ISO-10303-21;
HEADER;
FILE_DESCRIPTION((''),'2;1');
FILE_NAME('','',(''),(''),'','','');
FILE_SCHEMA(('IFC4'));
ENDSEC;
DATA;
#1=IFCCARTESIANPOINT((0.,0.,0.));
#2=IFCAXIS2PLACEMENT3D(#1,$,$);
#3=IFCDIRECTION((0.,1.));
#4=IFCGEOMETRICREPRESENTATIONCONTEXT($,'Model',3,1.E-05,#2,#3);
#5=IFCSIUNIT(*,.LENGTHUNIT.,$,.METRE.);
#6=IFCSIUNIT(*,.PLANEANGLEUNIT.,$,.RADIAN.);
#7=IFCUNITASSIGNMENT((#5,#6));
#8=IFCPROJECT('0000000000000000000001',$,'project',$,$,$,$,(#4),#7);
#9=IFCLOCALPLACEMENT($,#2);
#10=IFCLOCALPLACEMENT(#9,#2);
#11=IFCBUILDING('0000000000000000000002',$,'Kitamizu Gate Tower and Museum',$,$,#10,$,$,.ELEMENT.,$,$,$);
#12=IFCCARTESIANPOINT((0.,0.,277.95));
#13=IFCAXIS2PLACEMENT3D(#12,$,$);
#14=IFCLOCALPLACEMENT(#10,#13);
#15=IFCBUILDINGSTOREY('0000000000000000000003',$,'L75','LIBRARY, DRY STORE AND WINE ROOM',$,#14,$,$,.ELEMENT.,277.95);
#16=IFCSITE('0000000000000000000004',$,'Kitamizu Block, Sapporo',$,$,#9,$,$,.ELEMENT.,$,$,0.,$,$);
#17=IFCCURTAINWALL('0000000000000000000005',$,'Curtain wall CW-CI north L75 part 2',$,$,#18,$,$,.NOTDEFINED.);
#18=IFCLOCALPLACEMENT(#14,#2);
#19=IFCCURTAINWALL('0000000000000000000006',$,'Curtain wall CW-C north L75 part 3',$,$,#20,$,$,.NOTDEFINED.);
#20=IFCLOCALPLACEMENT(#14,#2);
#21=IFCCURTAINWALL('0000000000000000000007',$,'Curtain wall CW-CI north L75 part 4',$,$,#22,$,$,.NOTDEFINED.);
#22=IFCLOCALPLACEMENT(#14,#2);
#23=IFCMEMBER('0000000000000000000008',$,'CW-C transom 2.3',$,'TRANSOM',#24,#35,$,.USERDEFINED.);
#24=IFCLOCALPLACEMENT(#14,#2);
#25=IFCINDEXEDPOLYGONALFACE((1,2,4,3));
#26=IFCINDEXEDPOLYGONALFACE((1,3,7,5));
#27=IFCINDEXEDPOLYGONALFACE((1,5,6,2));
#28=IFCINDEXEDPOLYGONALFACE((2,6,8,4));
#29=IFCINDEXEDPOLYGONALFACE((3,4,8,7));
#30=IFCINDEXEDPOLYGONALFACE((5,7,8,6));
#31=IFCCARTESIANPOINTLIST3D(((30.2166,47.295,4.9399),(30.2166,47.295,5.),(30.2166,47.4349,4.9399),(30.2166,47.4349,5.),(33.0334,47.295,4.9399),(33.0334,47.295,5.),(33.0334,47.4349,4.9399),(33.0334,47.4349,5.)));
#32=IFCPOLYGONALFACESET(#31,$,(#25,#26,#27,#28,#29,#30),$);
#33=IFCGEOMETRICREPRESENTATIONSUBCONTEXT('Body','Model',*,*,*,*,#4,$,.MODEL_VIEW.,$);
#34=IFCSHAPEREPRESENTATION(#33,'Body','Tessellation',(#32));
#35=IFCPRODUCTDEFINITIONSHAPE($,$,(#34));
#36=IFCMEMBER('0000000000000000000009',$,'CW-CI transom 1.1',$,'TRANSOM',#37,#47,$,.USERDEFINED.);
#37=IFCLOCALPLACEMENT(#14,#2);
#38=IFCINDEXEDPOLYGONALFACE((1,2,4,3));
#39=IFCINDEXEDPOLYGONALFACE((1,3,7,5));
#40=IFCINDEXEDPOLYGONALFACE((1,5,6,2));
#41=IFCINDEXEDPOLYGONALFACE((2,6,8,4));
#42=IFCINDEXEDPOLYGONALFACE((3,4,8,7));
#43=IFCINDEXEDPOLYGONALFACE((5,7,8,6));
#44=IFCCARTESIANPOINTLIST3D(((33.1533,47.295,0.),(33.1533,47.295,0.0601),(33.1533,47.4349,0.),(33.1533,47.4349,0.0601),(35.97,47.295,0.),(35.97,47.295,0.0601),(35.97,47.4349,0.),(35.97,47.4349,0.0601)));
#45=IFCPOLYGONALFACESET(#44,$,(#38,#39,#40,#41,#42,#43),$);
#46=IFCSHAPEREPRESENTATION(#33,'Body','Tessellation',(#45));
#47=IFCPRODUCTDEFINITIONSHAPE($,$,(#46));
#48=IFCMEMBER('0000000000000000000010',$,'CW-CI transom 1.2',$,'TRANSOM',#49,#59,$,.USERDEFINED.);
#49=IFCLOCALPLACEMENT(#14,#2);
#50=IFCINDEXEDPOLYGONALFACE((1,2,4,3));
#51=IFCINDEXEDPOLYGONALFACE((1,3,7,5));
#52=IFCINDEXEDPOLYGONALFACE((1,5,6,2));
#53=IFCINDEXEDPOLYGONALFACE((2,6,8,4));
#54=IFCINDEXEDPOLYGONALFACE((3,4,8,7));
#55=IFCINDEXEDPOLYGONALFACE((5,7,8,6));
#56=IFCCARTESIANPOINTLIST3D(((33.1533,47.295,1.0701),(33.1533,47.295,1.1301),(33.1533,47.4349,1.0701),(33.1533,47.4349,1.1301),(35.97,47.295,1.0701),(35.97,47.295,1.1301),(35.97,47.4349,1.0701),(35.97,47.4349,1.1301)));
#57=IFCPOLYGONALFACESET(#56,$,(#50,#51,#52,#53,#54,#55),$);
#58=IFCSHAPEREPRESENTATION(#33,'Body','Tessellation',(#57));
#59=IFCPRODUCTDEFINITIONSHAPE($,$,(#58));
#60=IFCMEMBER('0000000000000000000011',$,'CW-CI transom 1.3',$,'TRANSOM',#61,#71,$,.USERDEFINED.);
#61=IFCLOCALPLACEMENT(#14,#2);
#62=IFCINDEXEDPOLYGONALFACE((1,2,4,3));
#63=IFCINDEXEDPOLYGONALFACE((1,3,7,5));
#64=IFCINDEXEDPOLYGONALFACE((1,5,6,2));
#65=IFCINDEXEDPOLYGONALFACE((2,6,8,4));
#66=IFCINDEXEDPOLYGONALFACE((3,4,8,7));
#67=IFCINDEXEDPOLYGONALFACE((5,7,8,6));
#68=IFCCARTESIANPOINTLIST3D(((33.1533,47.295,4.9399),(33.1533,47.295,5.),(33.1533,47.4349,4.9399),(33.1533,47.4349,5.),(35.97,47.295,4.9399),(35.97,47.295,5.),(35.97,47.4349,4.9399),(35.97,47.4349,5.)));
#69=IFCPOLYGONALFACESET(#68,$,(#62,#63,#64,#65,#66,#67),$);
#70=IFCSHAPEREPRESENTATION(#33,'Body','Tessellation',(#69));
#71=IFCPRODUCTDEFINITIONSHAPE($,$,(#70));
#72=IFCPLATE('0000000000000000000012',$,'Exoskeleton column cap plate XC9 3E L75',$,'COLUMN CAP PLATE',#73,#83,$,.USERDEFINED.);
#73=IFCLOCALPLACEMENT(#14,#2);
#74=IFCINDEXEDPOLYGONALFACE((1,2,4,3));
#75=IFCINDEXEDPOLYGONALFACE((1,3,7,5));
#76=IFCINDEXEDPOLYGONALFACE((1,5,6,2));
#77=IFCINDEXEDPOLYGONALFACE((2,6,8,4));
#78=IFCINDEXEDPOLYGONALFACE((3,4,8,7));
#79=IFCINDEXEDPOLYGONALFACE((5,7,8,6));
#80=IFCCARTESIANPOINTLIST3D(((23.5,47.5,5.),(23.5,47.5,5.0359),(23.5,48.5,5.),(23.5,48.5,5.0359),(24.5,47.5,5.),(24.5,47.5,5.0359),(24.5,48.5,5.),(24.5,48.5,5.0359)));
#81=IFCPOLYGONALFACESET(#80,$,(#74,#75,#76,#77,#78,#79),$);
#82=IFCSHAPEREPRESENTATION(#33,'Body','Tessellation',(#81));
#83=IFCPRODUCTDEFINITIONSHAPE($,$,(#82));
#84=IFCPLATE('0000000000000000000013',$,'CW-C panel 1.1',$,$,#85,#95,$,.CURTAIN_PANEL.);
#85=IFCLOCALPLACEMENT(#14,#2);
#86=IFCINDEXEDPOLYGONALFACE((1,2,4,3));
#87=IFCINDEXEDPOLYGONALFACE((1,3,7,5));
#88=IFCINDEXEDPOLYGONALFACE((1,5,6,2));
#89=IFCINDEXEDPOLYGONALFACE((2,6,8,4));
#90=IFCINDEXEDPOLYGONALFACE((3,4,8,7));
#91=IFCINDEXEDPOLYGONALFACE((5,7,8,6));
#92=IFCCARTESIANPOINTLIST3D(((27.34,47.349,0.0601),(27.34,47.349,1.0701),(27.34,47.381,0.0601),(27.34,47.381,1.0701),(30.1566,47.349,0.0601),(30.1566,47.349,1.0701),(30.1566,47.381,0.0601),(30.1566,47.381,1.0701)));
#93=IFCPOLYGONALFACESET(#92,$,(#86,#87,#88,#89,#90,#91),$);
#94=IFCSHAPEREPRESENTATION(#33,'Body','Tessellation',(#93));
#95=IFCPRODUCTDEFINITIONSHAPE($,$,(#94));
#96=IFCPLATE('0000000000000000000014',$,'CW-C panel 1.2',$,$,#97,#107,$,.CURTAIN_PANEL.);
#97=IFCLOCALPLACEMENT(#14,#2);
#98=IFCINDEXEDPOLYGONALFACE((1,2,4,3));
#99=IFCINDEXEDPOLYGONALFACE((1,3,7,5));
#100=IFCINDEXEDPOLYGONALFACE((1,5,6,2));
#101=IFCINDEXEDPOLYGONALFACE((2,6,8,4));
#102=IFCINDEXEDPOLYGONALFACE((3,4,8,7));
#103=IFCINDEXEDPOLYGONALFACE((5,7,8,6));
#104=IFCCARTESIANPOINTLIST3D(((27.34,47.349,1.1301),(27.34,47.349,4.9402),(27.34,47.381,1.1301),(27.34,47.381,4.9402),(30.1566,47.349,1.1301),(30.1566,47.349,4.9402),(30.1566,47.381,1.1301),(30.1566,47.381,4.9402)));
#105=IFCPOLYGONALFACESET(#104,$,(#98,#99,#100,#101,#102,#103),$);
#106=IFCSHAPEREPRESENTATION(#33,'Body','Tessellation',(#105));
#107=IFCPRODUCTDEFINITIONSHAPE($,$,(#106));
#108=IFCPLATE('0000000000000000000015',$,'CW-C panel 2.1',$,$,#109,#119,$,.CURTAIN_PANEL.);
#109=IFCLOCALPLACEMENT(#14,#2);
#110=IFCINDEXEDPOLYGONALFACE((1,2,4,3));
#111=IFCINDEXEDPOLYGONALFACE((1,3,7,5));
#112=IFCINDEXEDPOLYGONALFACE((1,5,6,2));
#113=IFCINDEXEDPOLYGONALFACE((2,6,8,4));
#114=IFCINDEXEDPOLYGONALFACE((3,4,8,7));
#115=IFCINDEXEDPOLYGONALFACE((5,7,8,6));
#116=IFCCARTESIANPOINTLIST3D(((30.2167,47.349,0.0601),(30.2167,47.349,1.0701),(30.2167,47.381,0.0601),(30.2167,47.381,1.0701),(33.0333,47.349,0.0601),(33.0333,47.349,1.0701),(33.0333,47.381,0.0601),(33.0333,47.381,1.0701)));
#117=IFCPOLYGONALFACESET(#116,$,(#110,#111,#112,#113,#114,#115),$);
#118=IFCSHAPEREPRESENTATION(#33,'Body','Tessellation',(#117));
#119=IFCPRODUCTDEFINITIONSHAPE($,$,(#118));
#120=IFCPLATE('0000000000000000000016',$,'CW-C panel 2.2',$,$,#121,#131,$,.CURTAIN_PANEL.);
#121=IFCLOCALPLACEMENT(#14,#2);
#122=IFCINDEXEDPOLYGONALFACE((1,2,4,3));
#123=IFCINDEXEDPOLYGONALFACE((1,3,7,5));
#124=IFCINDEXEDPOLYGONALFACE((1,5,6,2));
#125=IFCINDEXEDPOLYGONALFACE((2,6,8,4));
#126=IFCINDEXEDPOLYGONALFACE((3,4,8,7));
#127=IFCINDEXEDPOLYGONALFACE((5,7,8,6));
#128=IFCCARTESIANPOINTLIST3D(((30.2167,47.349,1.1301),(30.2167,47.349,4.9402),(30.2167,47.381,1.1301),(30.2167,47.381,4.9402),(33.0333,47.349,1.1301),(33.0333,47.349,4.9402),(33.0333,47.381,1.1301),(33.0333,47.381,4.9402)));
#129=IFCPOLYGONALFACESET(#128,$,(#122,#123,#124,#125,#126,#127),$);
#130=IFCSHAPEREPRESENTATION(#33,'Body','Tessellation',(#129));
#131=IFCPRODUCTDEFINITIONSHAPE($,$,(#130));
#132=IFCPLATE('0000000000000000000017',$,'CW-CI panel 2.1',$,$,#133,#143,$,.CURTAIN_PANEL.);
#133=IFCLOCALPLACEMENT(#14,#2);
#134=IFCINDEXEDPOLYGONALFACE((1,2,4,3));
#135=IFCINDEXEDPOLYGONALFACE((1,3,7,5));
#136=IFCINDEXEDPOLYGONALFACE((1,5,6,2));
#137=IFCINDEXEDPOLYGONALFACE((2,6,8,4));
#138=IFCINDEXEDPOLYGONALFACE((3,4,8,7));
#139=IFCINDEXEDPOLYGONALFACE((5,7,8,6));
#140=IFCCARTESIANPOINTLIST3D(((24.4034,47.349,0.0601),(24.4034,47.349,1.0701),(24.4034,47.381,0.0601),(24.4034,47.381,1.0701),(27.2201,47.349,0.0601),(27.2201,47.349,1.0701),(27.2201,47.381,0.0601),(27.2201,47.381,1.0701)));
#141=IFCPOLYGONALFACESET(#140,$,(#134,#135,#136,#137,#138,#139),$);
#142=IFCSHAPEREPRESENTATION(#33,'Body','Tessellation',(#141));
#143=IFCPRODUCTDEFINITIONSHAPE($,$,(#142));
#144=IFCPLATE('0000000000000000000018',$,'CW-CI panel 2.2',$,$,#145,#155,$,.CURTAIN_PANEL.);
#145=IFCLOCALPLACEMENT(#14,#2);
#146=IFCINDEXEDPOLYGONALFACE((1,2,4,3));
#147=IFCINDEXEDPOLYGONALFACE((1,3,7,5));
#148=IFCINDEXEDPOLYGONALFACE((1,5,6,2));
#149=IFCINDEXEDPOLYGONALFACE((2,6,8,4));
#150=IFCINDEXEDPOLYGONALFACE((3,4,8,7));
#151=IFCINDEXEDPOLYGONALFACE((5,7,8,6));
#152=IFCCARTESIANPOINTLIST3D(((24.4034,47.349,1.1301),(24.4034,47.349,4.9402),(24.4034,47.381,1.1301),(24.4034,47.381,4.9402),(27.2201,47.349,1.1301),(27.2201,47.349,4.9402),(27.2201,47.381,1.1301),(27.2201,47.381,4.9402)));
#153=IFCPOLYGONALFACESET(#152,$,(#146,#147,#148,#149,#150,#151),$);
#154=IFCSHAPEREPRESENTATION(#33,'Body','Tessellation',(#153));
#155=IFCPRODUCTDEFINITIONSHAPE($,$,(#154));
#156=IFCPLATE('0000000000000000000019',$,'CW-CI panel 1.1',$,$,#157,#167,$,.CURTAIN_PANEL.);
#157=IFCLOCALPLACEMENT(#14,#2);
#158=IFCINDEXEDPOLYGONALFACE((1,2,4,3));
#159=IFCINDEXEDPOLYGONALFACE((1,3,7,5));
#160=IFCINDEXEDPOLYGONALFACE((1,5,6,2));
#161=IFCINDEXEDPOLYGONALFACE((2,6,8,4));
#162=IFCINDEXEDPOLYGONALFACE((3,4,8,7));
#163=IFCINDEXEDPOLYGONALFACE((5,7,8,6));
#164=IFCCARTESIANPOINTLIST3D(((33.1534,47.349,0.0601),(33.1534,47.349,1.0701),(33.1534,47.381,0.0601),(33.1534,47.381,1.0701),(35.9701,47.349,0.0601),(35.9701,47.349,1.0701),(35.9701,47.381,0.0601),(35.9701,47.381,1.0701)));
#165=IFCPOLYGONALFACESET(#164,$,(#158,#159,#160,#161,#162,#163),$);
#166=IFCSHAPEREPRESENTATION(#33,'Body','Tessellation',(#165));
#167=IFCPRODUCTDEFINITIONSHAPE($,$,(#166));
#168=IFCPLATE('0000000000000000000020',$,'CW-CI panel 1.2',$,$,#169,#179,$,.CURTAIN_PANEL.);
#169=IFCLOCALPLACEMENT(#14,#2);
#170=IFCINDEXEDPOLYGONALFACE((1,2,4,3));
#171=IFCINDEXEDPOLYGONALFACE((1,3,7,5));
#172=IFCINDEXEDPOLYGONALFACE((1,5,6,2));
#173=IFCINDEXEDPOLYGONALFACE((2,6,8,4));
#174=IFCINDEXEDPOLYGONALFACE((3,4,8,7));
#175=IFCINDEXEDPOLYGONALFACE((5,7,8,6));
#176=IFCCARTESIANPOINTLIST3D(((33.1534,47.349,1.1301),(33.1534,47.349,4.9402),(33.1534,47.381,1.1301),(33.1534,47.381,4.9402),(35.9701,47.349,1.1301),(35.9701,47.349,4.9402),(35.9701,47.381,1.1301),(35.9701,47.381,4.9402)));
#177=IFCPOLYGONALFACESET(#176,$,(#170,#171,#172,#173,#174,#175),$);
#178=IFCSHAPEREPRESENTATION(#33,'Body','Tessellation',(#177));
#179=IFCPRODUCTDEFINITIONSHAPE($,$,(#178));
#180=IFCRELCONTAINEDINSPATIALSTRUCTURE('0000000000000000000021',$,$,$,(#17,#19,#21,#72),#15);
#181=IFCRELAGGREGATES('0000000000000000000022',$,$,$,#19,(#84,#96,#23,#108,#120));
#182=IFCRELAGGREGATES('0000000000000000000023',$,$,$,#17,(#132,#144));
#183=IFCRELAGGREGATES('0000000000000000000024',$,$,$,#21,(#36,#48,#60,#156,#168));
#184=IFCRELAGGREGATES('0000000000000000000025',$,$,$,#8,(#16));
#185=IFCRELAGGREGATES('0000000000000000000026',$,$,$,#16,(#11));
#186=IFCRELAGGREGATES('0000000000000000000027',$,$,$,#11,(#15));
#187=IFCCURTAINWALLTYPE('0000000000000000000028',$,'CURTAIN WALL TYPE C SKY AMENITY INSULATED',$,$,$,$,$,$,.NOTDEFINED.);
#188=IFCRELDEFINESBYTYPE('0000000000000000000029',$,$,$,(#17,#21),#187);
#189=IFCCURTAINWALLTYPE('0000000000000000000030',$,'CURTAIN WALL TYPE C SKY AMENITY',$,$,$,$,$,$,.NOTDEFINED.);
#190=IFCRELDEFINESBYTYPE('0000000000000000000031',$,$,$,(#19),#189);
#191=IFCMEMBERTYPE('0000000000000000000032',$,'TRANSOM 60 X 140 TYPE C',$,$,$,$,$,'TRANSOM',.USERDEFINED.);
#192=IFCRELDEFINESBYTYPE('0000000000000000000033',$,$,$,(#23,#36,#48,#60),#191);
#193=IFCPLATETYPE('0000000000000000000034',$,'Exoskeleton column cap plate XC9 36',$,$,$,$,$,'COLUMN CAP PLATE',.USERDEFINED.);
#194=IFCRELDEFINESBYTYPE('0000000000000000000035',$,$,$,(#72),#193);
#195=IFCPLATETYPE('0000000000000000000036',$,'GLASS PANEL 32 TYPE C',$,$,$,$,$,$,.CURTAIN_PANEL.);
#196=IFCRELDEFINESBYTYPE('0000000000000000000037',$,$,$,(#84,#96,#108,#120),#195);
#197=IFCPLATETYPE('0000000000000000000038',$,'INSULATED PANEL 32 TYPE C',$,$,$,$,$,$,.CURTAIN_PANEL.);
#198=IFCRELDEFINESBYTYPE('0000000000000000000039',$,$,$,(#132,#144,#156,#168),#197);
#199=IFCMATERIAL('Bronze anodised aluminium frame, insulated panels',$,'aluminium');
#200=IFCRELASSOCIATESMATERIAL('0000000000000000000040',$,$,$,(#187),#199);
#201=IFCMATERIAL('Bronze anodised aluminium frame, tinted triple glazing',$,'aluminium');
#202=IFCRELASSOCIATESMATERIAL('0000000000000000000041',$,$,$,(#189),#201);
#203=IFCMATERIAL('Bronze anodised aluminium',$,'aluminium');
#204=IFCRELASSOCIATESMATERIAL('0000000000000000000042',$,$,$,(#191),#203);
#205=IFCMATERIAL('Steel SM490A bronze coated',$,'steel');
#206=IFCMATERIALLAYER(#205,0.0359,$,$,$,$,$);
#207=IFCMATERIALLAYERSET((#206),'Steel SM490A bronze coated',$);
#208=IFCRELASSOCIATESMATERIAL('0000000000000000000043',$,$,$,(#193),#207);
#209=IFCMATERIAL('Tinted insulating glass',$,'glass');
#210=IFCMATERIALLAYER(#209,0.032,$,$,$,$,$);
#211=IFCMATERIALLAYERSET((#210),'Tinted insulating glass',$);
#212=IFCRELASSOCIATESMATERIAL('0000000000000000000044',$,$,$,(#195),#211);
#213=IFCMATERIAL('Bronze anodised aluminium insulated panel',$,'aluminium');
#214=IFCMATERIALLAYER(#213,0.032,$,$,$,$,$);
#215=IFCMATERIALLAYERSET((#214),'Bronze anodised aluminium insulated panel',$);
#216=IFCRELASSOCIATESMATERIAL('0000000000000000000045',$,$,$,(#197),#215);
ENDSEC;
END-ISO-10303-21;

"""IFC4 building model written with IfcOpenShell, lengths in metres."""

from ifc_helpers import new_model, si_unit, direction, frame, origin, origin_2d, place, context, subcontext, project, spatial, rectangle, extrude, material, layer, layer_set, material_profile, profile_set, type_object, element, aggregate, save


model = new_model("IFC4")

# Units and contexts
model_context = context("Model", 3, precision=1e-05, world=origin(), true_north=direction((0.0, 1.0)))
body_context = subcontext(model_context, "Body", "Model", "MODEL_VIEW")
ifc_project = project(units=[si_unit("LENGTHUNIT", "METRE"), si_unit("PLANEANGLEUNIT", "RADIAN")], contexts=[model_context])

# Site, building, storey
site_placement = place(None, origin())
site = spatial("IfcSite", under=ifc_project, at=site_placement, Name="Kitamizu Block, Sapporo", CompositionType="ELEMENT", RefElevation=0.0)
building_placement = place(site_placement, origin())
building = spatial("IfcBuilding", under=site, at=building_placement, Name="Kitamizu Gate Tower and Museum", CompositionType="ELEMENT")
storey_placement = place(building_placement, frame((0.0, 0.0, 277.95)))
storey = spatial("IfcBuildingStorey", under=building, at=storey_placement, Name="L75", Description="LIBRARY, DRY STORE AND WINE ROOM", CompositionType="ELEMENT", Elevation=277.95)

# Curtain wall
ifc_material_1 = material(Name="Bronze anodised aluminium frame, insulated panels", Category="aluminium")
curtain_wall_type_1 = type_object("IfcCurtainWallType", Name="CURTAIN WALL TYPE C SKY AMENITY INSULATED", PredefinedType="NOTDEFINED", material=ifc_material_1)
curtain_wall_1_placement = place(storey_placement, origin())
curtain_wall_1 = element("IfcCurtainWall", 1, at=curtain_wall_1_placement, inside=storey, type_object=curtain_wall_type_1, Name="Curtain wall CW-CI north L75 part 2", PredefinedType="NOTDEFINED")

# Curtain wall
ifc_material_2 = material(Name="Bronze anodised aluminium frame, tinted triple glazing", Category="aluminium")
curtain_wall_type_2 = type_object("IfcCurtainWallType", Name="CURTAIN WALL TYPE C SKY AMENITY", PredefinedType="NOTDEFINED", material=ifc_material_2)
curtain_wall_2_placement = place(storey_placement, origin())
curtain_wall_2 = element("IfcCurtainWall", 2, at=curtain_wall_2_placement, inside=storey, type_object=curtain_wall_type_2, Name="Curtain wall CW-C north L75 part 3", PredefinedType="NOTDEFINED")

# Curtain wall
curtain_wall_3_placement = place(storey_placement, origin())
curtain_wall_3 = element("IfcCurtainWall", 3, at=curtain_wall_3_placement, inside=storey, type_object=curtain_wall_type_1, Name="Curtain wall CW-CI north L75 part 4", PredefinedType="NOTDEFINED")

# Members
ifc_material_3 = material(Name="Bronze anodised aluminium", Category="aluminium")
ifc_material_profile_1 = material_profile(ifc_material_3, rectangle(XDim=0.1399, YDim=0.0601, at=origin_2d()), Name="AL 60X140")
ifc_profile_set_1 = profile_set([ifc_material_profile_1], Name="Bronze anodised aluminium")
member_type_1 = type_object("IfcMemberType", Name="TRANSOM 60 X 140 TYPE C", ElementType="TRANSOM", PredefinedType="USERDEFINED", material=ifc_profile_set_1)
member_1_placement = place(storey_placement, frame((30.2166, 47.365, 4.97), z_axis=(1.0, 0.0, 0.0), x_axis=(0.0, 1.0, 0.0)))
member_1 = element("IfcMember", 4, at=member_1_placement, type_object=member_type_1, Name="CW-C transom 2.3", ObjectType="TRANSOM", PredefinedType="USERDEFINED", context=body_context, shape_type="SweptSolid", body=[
    extrude(rectangle(XDim=0.1399, YDim=0.0601, at=origin_2d()), origin(), (0.0, 0.0, 1.0), 2.8169),
])
member_2_placement = place(storey_placement, frame((33.1533, 47.365, 0.03), z_axis=(1.0, 0.0, 0.0), x_axis=(0.0, 1.0, 0.0)))
member_2 = element("IfcMember", 5, at=member_2_placement, type_object=member_type_1, Name="CW-CI transom 1.1", ObjectType="TRANSOM", PredefinedType="USERDEFINED", context=body_context, shape_type="SweptSolid", body=[
    extrude(rectangle(XDim=0.1399, YDim=0.0601, at=origin_2d()), origin(), (0.0, 0.0, 1.0), 2.8167),
])
member_3_placement = place(storey_placement, frame((33.1533, 47.365, 1.1001), z_axis=(1.0, 0.0, 0.0), x_axis=(0.0, 1.0, 0.0)))
member_3 = element("IfcMember", 6, at=member_3_placement, type_object=member_type_1, Name="CW-CI transom 1.2", ObjectType="TRANSOM", PredefinedType="USERDEFINED", context=body_context, shape_type="SweptSolid", body=[
    extrude(rectangle(XDim=0.1399, YDim=0.0601, at=origin_2d()), origin(), (0.0, 0.0, 1.0), 2.8167),
])
member_4_placement = place(storey_placement, frame((33.1533, 47.365, 4.97), z_axis=(1.0, 0.0, 0.0), x_axis=(0.0, 1.0, 0.0)))
member_4 = element("IfcMember", 7, at=member_4_placement, type_object=member_type_1, Name="CW-CI transom 1.3", ObjectType="TRANSOM", PredefinedType="USERDEFINED", context=body_context, shape_type="SweptSolid", body=[
    extrude(rectangle(XDim=0.1399, YDim=0.0601, at=origin_2d()), origin(), (0.0, 0.0, 1.0), 2.8167),
])

# Plates
ifc_material_4 = material(Name="Steel SM490A bronze coated", Category="steel")
ifc_layer_1 = layer(ifc_material_4, 0.0359)
ifc_layer_set_1 = layer_set([ifc_layer_1], Name="Steel SM490A bronze coated")
plate_type_1 = type_object("IfcPlateType", Name="Exoskeleton column cap plate XC9 36", ElementType="COLUMN CAP PLATE", PredefinedType="USERDEFINED", material=ifc_layer_set_1)
plate_1_placement = place(storey_placement, frame((24.0, 48.0, 5.0), z_axis=(0.0, 0.0, 1.0), x_axis=(1.0, 0.0, 0.0)))
element("IfcPlate", 8, at=plate_1_placement, inside=storey, type_object=plate_type_1, Name="Exoskeleton column cap plate XC9 3E L75", ObjectType="COLUMN CAP PLATE", PredefinedType="USERDEFINED", context=body_context, shape_type="SweptSolid", body=[
    extrude(rectangle(XDim=1.0, YDim=1.0, at=origin_2d()), origin(), (0.0, 0.0, 1.0), 0.0359),
])
ifc_material_5 = material(Name="Tinted insulating glass", Category="glass")
ifc_layer_2 = layer(ifc_material_5, 0.032)
ifc_layer_set_2 = layer_set([ifc_layer_2], Name="Tinted insulating glass")
plate_type_2 = type_object("IfcPlateType", Name="GLASS PANEL 32 TYPE C", PredefinedType="CURTAIN_PANEL", material=ifc_layer_set_2)
plate_2_placement = place(storey_placement, frame((28.7483, 47.365, 0.0601), z_axis=(0.0, 0.0, 1.0), x_axis=(1.0, 0.0, 0.0)))
plate_2 = element("IfcPlate", 9, at=plate_2_placement, type_object=plate_type_2, Name="CW-C panel 1.1", PredefinedType="CURTAIN_PANEL", context=body_context, shape_type="SweptSolid", body=[
    extrude(rectangle(XDim=2.8167, YDim=0.032, at=origin_2d()), origin(), (0.0, 0.0, 1.0), 1.01),
])
plate_3_placement = place(storey_placement, frame((28.7483, 47.365, 1.1301), z_axis=(0.0, 0.0, 1.0), x_axis=(1.0, 0.0, 0.0)))
plate_3 = element("IfcPlate", 10, at=plate_3_placement, type_object=plate_type_2, Name="CW-C panel 1.2", PredefinedType="CURTAIN_PANEL", context=body_context, shape_type="SweptSolid", body=[
    extrude(rectangle(XDim=2.8167, YDim=0.032, at=origin_2d()), origin(), (0.0, 0.0, 1.0), 3.8101),
])
plate_4_placement = place(storey_placement, frame((31.625, 47.365, 0.0601), z_axis=(0.0, 0.0, 1.0), x_axis=(1.0, 0.0, 0.0)))
plate_4 = element("IfcPlate", 11, at=plate_4_placement, type_object=plate_type_2, Name="CW-C panel 2.1", PredefinedType="CURTAIN_PANEL", context=body_context, shape_type="SweptSolid", body=[
    extrude(rectangle(XDim=2.8167, YDim=0.032, at=origin_2d()), origin(), (0.0, 0.0, 1.0), 1.01),
])
plate_5_placement = place(storey_placement, frame((31.625, 47.365, 1.1301), z_axis=(0.0, 0.0, 1.0), x_axis=(1.0, 0.0, 0.0)))
plate_5 = element("IfcPlate", 12, at=plate_5_placement, type_object=plate_type_2, Name="CW-C panel 2.2", PredefinedType="CURTAIN_PANEL", context=body_context, shape_type="SweptSolid", body=[
    extrude(rectangle(XDim=2.8167, YDim=0.032, at=origin_2d()), origin(), (0.0, 0.0, 1.0), 3.8101),
])
aggregate(curtain_wall_2, [plate_2, plate_3, member_1, plate_4, plate_5])
ifc_material_6 = material(Name="Bronze anodised aluminium insulated panel", Category="aluminium")
ifc_layer_3 = layer(ifc_material_6, 0.032)
ifc_layer_set_3 = layer_set([ifc_layer_3], Name="Bronze anodised aluminium insulated panel")
plate_type_3 = type_object("IfcPlateType", Name="INSULATED PANEL 32 TYPE C", PredefinedType="CURTAIN_PANEL", material=ifc_layer_set_3)
plate_6_placement = place(storey_placement, frame((25.8118, 47.365, 0.0601), z_axis=(0.0, 0.0, 1.0), x_axis=(1.0, 0.0, 0.0)))
plate_6 = element("IfcPlate", 13, at=plate_6_placement, type_object=plate_type_3, Name="CW-CI panel 2.1", PredefinedType="CURTAIN_PANEL", context=body_context, shape_type="SweptSolid", body=[
    extrude(rectangle(XDim=2.8167, YDim=0.032, at=origin_2d()), origin(), (0.0, 0.0, 1.0), 1.01),
])
plate_7_placement = place(storey_placement, frame((25.8118, 47.365, 1.1301), z_axis=(0.0, 0.0, 1.0), x_axis=(1.0, 0.0, 0.0)))
plate_7 = element("IfcPlate", 14, at=plate_7_placement, type_object=plate_type_3, Name="CW-CI panel 2.2", PredefinedType="CURTAIN_PANEL", context=body_context, shape_type="SweptSolid", body=[
    extrude(rectangle(XDim=2.8167, YDim=0.032, at=origin_2d()), origin(), (0.0, 0.0, 1.0), 3.8101),
])
aggregate(curtain_wall_1, [plate_6, plate_7])
plate_8_placement = place(storey_placement, frame((34.5618, 47.365, 0.0601), z_axis=(0.0, 0.0, 1.0), x_axis=(1.0, 0.0, 0.0)))
plate_8 = element("IfcPlate", 15, at=plate_8_placement, type_object=plate_type_3, Name="CW-CI panel 1.1", PredefinedType="CURTAIN_PANEL", context=body_context, shape_type="SweptSolid", body=[
    extrude(rectangle(XDim=2.8167, YDim=0.032, at=origin_2d()), origin(), (0.0, 0.0, 1.0), 1.01),
])
plate_9_placement = place(storey_placement, frame((34.5618, 47.365, 1.1301), z_axis=(0.0, 0.0, 1.0), x_axis=(1.0, 0.0, 0.0)))
plate_9 = element("IfcPlate", 16, at=plate_9_placement, type_object=plate_type_3, Name="CW-CI panel 1.2", PredefinedType="CURTAIN_PANEL", context=body_context, shape_type="SweptSolid", body=[
    extrude(rectangle(XDim=2.8167, YDim=0.032, at=origin_2d()), origin(), (0.0, 0.0, 1.0), 3.8101),
])
aggregate(curtain_wall_3, [member_2, member_3, member_4, plate_8, plate_9])

save(model, "model.ifc")
